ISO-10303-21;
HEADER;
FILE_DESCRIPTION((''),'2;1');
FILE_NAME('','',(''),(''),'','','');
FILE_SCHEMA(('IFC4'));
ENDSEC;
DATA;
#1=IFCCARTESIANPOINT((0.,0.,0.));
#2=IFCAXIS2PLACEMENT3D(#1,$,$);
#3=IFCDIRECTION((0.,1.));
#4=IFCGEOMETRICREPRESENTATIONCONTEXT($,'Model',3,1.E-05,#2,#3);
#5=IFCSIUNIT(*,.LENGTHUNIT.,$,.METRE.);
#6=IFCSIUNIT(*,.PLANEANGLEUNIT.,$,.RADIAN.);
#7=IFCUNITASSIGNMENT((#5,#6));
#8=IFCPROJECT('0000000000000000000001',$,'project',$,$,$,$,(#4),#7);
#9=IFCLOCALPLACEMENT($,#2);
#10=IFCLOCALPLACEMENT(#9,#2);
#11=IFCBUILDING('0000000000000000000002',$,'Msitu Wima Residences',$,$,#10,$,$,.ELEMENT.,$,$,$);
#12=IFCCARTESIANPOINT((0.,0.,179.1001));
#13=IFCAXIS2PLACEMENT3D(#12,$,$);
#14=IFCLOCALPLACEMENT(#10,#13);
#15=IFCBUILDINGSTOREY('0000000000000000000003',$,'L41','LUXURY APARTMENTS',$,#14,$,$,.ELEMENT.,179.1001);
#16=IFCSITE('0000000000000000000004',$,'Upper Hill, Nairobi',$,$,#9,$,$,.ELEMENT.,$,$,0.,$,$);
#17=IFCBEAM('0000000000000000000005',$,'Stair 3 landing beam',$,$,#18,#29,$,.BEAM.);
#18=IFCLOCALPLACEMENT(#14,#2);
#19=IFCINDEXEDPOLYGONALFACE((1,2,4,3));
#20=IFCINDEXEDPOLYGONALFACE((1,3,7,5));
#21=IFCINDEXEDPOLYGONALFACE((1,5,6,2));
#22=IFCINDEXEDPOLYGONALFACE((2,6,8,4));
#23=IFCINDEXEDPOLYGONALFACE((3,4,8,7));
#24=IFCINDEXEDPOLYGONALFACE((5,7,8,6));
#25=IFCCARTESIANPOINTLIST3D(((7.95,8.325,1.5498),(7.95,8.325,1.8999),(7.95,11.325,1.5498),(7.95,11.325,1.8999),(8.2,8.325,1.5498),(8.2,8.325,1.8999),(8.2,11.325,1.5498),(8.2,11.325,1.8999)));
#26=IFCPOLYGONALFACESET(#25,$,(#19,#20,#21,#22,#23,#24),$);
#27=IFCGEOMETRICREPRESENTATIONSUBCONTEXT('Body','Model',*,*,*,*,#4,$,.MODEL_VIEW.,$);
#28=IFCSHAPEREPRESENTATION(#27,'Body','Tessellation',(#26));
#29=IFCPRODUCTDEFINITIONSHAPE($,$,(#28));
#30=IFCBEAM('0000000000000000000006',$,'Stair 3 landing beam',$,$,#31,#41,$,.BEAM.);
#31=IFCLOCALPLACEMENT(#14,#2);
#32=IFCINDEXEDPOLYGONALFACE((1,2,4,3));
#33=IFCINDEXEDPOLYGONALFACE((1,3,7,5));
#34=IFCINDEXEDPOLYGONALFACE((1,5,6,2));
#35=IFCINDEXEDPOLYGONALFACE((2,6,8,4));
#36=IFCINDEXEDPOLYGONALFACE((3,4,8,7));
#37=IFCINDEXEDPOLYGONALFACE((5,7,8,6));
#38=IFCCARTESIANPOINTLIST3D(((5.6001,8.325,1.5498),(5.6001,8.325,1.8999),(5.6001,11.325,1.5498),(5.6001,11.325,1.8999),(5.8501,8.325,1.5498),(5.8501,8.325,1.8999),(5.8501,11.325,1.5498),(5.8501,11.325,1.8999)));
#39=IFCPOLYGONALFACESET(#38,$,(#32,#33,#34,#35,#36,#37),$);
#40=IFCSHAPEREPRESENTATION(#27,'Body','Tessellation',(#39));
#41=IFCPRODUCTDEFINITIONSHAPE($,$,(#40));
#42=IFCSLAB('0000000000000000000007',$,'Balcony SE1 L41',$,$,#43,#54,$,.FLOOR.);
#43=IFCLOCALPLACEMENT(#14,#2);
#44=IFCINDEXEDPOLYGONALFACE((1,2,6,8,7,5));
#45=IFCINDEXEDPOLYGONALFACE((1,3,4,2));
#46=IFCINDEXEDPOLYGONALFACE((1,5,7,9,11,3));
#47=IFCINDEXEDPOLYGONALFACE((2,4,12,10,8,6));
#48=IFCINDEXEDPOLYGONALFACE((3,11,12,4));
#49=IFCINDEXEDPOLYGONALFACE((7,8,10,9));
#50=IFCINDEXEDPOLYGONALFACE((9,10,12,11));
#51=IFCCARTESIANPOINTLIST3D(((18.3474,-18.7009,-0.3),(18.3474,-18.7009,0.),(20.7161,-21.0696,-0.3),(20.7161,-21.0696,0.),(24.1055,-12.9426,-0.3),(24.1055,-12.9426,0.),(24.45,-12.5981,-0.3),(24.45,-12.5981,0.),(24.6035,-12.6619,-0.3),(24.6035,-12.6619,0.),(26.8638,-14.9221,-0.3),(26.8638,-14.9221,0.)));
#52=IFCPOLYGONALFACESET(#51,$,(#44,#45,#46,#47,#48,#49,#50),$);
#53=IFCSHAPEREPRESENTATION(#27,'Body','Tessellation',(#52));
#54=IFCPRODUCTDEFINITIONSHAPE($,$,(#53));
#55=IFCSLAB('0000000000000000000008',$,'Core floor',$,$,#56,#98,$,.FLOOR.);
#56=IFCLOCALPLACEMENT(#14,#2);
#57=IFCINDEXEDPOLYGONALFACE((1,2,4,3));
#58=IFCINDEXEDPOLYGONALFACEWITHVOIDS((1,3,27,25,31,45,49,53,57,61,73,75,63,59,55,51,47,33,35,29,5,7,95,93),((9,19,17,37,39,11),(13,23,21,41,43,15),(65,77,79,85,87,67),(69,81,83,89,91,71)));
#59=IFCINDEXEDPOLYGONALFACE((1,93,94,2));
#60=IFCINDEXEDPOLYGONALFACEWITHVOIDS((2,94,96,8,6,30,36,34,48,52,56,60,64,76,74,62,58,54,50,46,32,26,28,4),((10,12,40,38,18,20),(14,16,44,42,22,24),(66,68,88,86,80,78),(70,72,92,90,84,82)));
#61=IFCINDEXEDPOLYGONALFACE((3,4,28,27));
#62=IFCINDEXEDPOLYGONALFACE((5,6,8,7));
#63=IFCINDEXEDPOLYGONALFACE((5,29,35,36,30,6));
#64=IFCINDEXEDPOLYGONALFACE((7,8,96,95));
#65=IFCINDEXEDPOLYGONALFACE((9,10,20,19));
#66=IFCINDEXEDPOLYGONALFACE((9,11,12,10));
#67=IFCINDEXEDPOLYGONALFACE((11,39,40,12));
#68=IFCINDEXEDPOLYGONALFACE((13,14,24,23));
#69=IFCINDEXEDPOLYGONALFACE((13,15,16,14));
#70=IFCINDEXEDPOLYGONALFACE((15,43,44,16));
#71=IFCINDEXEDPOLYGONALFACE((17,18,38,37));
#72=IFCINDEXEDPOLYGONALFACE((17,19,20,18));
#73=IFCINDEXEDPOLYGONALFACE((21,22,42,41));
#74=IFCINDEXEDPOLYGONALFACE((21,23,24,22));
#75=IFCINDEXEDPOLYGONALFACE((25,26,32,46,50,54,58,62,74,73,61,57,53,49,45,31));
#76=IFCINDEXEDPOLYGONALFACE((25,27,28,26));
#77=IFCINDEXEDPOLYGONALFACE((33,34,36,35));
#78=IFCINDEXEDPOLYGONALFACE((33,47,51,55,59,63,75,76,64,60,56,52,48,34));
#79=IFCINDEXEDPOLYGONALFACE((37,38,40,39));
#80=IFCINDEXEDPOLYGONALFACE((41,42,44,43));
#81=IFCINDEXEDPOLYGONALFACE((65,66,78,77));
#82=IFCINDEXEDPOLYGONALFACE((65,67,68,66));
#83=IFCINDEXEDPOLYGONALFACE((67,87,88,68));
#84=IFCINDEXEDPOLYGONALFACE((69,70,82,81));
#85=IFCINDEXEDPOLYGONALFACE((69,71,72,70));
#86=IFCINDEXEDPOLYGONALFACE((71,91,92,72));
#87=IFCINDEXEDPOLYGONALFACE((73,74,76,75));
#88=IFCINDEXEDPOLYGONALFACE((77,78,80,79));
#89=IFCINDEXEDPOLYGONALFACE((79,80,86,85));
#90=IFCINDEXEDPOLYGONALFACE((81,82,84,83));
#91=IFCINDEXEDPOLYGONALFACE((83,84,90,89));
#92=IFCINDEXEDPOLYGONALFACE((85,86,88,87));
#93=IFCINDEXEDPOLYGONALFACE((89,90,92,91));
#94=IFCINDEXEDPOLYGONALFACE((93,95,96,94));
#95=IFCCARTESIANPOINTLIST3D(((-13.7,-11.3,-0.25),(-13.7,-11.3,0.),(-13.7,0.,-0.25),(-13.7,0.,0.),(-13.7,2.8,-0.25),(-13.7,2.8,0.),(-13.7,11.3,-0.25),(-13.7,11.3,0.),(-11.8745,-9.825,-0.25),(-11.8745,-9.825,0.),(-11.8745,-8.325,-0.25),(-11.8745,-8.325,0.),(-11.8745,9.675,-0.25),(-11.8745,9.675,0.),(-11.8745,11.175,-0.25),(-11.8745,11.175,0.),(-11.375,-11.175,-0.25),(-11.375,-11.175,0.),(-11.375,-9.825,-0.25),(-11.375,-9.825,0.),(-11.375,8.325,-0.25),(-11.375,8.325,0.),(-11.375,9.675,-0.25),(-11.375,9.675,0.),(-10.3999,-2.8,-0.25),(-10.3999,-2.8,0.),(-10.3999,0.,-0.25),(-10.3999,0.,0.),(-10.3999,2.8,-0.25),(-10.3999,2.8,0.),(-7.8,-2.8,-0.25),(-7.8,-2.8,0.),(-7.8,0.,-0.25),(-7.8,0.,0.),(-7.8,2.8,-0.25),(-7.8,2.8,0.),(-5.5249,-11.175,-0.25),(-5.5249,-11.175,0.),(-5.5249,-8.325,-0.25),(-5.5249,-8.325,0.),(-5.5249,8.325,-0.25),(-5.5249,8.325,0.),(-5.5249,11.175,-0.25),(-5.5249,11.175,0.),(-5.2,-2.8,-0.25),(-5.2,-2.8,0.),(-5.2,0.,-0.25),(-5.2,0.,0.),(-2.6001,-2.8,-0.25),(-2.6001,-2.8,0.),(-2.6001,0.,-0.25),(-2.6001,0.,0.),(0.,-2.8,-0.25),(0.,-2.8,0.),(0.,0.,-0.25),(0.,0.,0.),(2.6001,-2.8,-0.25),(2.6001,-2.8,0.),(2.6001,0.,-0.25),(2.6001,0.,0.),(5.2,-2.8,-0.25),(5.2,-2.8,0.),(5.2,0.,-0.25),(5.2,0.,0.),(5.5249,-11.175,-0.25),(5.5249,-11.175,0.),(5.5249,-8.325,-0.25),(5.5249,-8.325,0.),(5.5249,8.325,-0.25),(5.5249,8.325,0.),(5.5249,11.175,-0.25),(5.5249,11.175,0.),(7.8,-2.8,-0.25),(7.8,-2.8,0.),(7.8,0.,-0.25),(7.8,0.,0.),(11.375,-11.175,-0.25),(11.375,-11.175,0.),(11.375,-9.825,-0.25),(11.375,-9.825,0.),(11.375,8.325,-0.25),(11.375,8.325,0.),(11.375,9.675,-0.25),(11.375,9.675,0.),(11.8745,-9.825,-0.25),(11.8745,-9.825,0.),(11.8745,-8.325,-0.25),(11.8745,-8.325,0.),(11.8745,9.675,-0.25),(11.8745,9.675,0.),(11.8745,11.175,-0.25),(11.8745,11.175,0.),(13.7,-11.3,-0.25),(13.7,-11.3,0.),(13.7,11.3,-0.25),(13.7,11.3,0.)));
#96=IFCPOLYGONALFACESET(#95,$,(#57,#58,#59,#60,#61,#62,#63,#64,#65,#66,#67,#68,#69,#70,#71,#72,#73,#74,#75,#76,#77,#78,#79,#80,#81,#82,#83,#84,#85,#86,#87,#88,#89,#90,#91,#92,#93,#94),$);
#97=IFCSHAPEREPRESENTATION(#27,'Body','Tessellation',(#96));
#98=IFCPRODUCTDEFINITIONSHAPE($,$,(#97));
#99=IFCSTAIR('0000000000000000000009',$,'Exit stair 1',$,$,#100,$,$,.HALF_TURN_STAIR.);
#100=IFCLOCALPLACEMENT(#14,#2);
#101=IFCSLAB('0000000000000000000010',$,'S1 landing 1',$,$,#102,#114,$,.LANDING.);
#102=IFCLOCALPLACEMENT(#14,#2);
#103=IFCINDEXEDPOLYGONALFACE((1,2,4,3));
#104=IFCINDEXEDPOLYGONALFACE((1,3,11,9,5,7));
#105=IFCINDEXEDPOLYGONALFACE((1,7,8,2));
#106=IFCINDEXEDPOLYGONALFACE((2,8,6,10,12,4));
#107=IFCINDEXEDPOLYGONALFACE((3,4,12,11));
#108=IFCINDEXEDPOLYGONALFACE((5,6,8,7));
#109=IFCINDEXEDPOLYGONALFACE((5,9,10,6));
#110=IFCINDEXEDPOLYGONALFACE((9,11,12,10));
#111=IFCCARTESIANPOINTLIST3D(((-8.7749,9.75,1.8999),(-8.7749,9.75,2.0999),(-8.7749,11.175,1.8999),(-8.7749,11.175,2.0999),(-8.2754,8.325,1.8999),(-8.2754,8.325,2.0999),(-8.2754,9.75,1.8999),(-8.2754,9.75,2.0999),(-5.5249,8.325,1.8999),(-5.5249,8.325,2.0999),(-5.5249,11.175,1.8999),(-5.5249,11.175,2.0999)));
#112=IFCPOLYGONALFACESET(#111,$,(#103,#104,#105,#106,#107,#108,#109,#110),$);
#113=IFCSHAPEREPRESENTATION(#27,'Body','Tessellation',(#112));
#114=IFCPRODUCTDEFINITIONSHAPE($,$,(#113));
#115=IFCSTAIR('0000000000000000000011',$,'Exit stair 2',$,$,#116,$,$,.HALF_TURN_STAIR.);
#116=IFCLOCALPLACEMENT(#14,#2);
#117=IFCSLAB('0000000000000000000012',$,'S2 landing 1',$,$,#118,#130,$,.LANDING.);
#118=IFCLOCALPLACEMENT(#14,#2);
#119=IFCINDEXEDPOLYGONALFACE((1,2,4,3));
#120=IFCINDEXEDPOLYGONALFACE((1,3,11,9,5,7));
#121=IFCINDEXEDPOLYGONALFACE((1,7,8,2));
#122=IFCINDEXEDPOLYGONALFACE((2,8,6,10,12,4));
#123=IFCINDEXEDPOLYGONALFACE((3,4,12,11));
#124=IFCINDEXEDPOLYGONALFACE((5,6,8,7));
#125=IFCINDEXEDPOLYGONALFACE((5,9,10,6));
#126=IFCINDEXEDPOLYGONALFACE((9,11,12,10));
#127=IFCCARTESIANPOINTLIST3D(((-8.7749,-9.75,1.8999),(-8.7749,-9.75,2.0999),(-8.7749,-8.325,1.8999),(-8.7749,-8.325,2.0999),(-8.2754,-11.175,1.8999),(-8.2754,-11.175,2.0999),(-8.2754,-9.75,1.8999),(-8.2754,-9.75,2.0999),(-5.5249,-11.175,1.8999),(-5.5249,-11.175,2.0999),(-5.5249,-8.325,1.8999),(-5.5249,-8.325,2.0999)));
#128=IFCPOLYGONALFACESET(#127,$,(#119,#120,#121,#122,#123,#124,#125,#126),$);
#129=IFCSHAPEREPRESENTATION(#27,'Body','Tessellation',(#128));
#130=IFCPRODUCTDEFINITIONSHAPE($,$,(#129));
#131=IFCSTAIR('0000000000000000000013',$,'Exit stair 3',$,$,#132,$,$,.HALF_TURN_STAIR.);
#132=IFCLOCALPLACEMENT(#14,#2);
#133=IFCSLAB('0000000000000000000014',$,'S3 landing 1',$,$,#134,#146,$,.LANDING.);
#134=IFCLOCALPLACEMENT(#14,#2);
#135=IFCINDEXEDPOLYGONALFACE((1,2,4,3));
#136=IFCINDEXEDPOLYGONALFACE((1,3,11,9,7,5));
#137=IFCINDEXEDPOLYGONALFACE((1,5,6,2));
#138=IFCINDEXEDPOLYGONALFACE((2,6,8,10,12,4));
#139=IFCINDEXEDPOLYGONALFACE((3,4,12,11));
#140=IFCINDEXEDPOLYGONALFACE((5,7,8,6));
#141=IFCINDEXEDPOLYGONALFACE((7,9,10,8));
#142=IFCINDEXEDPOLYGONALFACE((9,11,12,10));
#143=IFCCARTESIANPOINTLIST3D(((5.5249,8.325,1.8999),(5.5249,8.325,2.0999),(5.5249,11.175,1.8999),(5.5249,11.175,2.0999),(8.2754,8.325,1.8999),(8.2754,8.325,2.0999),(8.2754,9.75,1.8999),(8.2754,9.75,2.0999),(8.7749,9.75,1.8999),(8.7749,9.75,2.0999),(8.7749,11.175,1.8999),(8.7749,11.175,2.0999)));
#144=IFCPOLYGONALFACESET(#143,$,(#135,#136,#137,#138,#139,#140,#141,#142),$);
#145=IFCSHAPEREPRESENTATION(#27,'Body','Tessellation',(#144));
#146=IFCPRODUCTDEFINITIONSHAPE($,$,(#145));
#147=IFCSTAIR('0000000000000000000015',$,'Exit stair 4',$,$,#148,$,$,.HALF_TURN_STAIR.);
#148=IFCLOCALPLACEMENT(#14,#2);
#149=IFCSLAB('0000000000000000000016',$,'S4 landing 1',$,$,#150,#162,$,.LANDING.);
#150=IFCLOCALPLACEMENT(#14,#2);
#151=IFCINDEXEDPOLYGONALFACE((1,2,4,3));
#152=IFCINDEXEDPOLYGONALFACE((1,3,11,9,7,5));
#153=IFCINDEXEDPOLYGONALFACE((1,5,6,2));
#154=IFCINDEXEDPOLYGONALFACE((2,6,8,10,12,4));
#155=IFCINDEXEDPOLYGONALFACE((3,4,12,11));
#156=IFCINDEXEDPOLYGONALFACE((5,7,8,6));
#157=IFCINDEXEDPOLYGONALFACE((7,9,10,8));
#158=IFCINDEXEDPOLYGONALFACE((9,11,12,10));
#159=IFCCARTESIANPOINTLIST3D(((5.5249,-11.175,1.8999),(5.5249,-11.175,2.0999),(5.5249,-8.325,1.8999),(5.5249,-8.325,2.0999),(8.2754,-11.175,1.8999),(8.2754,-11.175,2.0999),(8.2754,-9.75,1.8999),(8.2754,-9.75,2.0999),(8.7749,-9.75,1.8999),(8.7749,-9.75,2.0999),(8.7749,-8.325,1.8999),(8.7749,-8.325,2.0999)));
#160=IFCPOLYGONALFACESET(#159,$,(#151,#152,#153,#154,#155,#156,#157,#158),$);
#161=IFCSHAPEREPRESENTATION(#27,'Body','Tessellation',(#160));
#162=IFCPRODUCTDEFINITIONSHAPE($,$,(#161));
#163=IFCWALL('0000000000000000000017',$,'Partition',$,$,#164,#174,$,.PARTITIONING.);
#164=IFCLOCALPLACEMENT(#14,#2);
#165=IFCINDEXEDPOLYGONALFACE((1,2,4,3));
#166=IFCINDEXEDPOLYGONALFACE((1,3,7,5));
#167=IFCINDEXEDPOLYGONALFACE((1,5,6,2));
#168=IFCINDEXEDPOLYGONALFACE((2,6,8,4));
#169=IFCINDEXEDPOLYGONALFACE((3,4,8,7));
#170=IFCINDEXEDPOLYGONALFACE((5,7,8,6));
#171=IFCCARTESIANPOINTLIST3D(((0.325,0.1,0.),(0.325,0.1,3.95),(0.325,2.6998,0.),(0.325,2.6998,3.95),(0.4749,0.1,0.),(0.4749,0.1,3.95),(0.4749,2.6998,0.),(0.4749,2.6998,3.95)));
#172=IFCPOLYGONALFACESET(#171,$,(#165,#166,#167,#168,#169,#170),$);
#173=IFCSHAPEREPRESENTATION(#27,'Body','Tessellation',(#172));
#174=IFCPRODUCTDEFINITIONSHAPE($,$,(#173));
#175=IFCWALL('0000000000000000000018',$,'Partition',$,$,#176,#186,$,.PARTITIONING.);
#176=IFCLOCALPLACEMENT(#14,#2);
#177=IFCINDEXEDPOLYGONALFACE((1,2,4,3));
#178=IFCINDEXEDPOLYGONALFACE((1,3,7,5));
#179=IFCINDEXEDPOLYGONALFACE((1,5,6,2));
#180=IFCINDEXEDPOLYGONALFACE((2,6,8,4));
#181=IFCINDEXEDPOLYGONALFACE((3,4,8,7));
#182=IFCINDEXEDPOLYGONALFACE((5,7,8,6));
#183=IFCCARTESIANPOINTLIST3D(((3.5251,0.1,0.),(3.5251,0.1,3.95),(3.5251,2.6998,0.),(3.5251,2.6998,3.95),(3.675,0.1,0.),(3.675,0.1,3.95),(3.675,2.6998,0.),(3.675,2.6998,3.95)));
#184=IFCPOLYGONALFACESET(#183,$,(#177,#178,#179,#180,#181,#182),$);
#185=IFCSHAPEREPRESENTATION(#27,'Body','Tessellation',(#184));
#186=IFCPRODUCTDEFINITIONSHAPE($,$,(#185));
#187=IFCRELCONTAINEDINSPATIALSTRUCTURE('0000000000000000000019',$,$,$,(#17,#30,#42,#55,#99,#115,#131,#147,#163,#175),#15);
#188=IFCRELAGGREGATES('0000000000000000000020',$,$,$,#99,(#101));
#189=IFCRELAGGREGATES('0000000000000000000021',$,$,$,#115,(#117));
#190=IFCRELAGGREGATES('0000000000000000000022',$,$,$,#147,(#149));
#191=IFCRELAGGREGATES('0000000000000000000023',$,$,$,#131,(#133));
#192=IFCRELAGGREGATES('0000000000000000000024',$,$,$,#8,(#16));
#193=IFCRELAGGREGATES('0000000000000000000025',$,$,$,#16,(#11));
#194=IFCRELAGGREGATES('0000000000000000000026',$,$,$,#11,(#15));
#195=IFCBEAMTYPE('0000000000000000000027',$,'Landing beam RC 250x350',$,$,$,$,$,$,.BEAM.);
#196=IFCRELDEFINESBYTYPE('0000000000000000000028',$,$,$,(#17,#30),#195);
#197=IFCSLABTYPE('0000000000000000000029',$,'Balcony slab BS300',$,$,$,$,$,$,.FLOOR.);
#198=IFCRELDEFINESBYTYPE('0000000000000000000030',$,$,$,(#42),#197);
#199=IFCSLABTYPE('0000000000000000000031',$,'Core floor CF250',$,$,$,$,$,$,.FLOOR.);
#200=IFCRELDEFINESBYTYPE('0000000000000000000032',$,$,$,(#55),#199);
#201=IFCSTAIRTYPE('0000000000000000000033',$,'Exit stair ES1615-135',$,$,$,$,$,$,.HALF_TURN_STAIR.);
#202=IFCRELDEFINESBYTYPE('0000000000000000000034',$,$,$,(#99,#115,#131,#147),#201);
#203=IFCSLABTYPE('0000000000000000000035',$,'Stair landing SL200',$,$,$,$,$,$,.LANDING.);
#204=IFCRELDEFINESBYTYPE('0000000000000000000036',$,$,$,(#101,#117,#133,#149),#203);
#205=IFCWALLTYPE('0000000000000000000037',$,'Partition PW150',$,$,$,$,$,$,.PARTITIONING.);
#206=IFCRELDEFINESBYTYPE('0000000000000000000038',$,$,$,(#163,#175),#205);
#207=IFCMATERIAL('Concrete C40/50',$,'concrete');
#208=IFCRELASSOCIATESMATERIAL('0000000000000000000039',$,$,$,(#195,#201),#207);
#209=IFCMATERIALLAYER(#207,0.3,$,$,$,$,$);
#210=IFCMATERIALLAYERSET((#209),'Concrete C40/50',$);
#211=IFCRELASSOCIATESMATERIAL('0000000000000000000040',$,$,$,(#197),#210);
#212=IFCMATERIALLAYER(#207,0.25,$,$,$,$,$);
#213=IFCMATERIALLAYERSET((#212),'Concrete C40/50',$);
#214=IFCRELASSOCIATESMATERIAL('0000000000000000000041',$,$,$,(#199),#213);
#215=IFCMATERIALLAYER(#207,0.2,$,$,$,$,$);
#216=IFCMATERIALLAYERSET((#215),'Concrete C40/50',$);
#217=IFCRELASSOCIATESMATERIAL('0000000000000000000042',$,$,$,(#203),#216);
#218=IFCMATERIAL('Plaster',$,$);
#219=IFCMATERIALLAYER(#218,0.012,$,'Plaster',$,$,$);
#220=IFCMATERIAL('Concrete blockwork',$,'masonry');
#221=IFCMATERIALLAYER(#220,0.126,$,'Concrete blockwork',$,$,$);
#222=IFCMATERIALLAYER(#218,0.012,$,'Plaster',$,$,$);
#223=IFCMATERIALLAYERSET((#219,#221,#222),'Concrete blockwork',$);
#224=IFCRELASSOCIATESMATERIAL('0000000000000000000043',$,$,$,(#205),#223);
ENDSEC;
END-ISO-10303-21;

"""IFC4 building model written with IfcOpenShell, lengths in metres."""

from ifc_helpers import new_model, si_unit, direction, frame, frame_2d, origin, origin_2d, place, context, subcontext, project, spatial, polyline, rectangle, outline, extrude, material, layer, layer_set, material_profile, profile_set, type_object, element, aggregate, save


model = new_model("IFC4")

# Units and contexts
model_context = context("Model", 3, precision=1e-05, world=origin(), true_north=direction((0.0, 1.0)))
body_context = subcontext(model_context, "Body", "Model", "MODEL_VIEW")
ifc_project = project(units=[si_unit("LENGTHUNIT", "METRE"), si_unit("PLANEANGLEUNIT", "RADIAN")], contexts=[model_context])

# Site, building, storey
site_placement = place(None, origin())
site = spatial("IfcSite", under=ifc_project, at=site_placement, Name="Upper Hill, Nairobi", CompositionType="ELEMENT", RefElevation=0.0)
building_placement = place(site_placement, origin())
building = spatial("IfcBuilding", under=site, at=building_placement, Name="Msitu Wima Residences", CompositionType="ELEMENT")
storey_placement = place(building_placement, frame((0.0, 0.0, 179.1001)))
storey = spatial("IfcBuildingStorey", under=building, at=storey_placement, Name="L41", Description="LUXURY APARTMENTS", CompositionType="ELEMENT", Elevation=179.1001)

# Beams
ifc_material_1 = material(Name="Concrete C40/50", Category="concrete")
ifc_material_profile = material_profile(ifc_material_1, rectangle(XDim=0.25, YDim=0.3501, at=origin_2d()), Name="RC 250x350")
ifc_profile_set = profile_set([ifc_material_profile], Name="Concrete C40/50")
beam_type = type_object("IfcBeamType", Name="Landing beam RC 250x350", PredefinedType="BEAM", material=ifc_profile_set)
for number, where, z_axis, x_axis, name in (
    (1, (8.075, 8.325, 1.7249), (0.0, 1.0, 0.0), (-1.0, 0.0, 0.0), "Stair 3 landing beam"),
    (2, (5.7251, 8.325, 1.7249), (0.0, 1.0, 0.0), (-1.0, 0.0, 0.0), "Stair 3 landing beam"),
):
    element("IfcBeam", number, at=place(storey_placement, frame(where, z_axis=z_axis, x_axis=x_axis)), inside=storey, type_object=beam_type, Name=name, PredefinedType="BEAM", context=body_context, shape_type="SweptSolid", body=[
        extrude(rectangle(XDim=0.25, YDim=0.3501, at=origin_2d()), origin(), (0.0, 0.0, 1.0), 3.0),
    ])

# Slabs
ifc_layer_1 = layer(ifc_material_1, 0.3)
ifc_layer_set_1 = layer_set([ifc_layer_1], Name="Concrete C40/50")
slab_type_1 = type_object("IfcSlabType", Name="Balcony slab BS300", PredefinedType="FLOOR", material=ifc_layer_set_1)
slab_1_placement = place(storey_placement, frame((0.0, 0.0, -0.3)))
element("IfcSlab", 3, at=slab_1_placement, inside=storey, type_object=slab_type_1, Name="Balcony SE1 L41", PredefinedType="FLOOR", context=body_context, shape_type="SweptSolid", body=[
    extrude(outline(polyline([(24.1055, -12.9426), (24.1055, -12.9426), (24.45, -12.5981), (24.6035, -12.6619), (26.8638, -14.9221), (20.7161, -21.0696), (18.3474, -18.7009), (24.1055, -12.9426), (24.1055, -12.9426)])), origin(), (0.0, 0.0, 1.0), 0.3),
])
ifc_layer_2 = layer(ifc_material_1, 0.25)
ifc_layer_set_2 = layer_set([ifc_layer_2], Name="Concrete C40/50")
slab_type_2 = type_object("IfcSlabType", Name="Core floor CF250", PredefinedType="FLOOR", material=ifc_layer_set_2)
slab_2_placement = place(storey_placement, frame((0.0, 0.0, -0.25)))
element("IfcSlab", 4, at=slab_2_placement, inside=storey, type_object=slab_type_2, Name="Core floor", PredefinedType="FLOOR", context=body_context, shape_type="SweptSolid", body=[
    extrude(outline(polyline([(-13.7, 11.3), (-13.7, 2.8), (-10.3999, 2.8), (-7.8, 2.8), (-7.8, 0.0), (-5.2, 0.0), (-2.6001, 0.0), (0.0, 0.0), (2.6001, 0.0), (5.2, 0.0), (7.8, 0.0), (7.8, -2.8), (5.2, -2.8), (2.6001, -2.8), (0.0, -2.8), (-2.6001, -2.8), (-5.2, -2.8), (-7.8, -2.8), (-10.3999, -2.8), (-10.3999, 0.0), (-13.7, 0.0), (-13.7, -11.3), (13.7, -11.3), (13.7, 11.3), (-13.7, 11.3)]), holes=[polyline([(-11.375, -11.175), (-11.375, -9.825), (-11.8745, -9.825), (-11.8745, -8.325), (-5.5249, -8.325), (-5.5249, -11.175), (-11.375, -11.175)]), polyline([(-11.375, 8.325), (-11.375, 9.675), (-11.8745, 9.675), (-11.8745, 11.175), (-5.5249, 11.175), (-5.5249, 8.325), (-11.375, 8.325)]), polyline([(11.375, -9.825), (11.375, -11.175), (5.5249, -11.175), (5.5249, -8.325), (11.8745, -8.325), (11.8745, -9.825), (11.375, -9.825)]), polyline([(11.375, 9.675), (11.375, 8.325), (5.5249, 8.325), (5.5249, 11.175), (11.8745, 11.175), (11.8745, 9.675), (11.375, 9.675)])]), origin(), (0.0, 0.0, 1.0), 0.25),
])

# Stairs, slabs
stair_type = type_object("IfcStairType", Name="Exit stair ES1615-135", PredefinedType="HALF_TURN_STAIR", material=ifc_material_1)
stair_1_placement = place(storey_placement, origin())
stair_1 = element("IfcStair", 5, at=stair_1_placement, inside=storey, type_object=stair_type, Name="Exit stair 1", PredefinedType="HALF_TURN_STAIR")
ifc_layer_3 = layer(ifc_material_1, 0.2)
ifc_layer_set_3 = layer_set([ifc_layer_3], Name="Concrete C40/50")
slab_type_3 = type_object("IfcSlabType", Name="Stair landing SL200", PredefinedType="LANDING", material=ifc_layer_set_3)
slab_3_placement = place(storey_placement, frame((0.0, 0.0, 1.8999)))
slab_3 = element("IfcSlab", 6, at=slab_3_placement, type_object=slab_type_3, Name="S1 landing 1", PredefinedType="LANDING", context=body_context, shape_type="SweptSolid", body=[
    extrude(outline(polyline([(-5.5249, 8.325), (-8.2754, 8.325), (-8.2754, 9.75), (-8.7749, 9.75), (-8.7749, 11.175), (-5.5249, 11.175), (-5.5249, 8.325)])), origin(), (0.0, 0.0, 1.0), 0.2),
])
aggregate(stair_1, [slab_3])
stair_2_placement = place(storey_placement, origin())
stair_2 = element("IfcStair", 7, at=stair_2_placement, inside=storey, type_object=stair_type, Name="Exit stair 2", PredefinedType="HALF_TURN_STAIR")
slab_4_placement = place(storey_placement, frame((0.0, 0.0, 1.8999)))
slab_4 = element("IfcSlab", 8, at=slab_4_placement, type_object=slab_type_3, Name="S2 landing 1", PredefinedType="LANDING", context=body_context, shape_type="SweptSolid", body=[
    extrude(outline(polyline([(-5.5249, -11.175), (-8.2754, -11.175), (-8.2754, -9.75), (-8.7749, -9.75), (-8.7749, -8.325), (-5.5249, -8.325), (-5.5249, -11.175)])), origin(), (0.0, 0.0, 1.0), 0.2),
])
aggregate(stair_2, [slab_4])
stair_3_placement = place(storey_placement, origin())
stair_3 = element("IfcStair", 9, at=stair_3_placement, inside=storey, type_object=stair_type, Name="Exit stair 3", PredefinedType="HALF_TURN_STAIR")
slab_5_placement = place(storey_placement, frame((0.0, 0.0, 1.8999)))
slab_5 = element("IfcSlab", 10, at=slab_5_placement, type_object=slab_type_3, Name="S3 landing 1", PredefinedType="LANDING", context=body_context, shape_type="SweptSolid", body=[
    extrude(outline(polyline([(5.5249, 8.325), (8.2754, 8.325), (8.2754, 9.75), (8.7749, 9.75), (8.7749, 11.175), (5.5249, 11.175), (5.5249, 8.325)])), origin(), (0.0, 0.0, 1.0), 0.2),
])
stair_4_placement = place(storey_placement, origin())
stair_4 = element("IfcStair", 11, at=stair_4_placement, inside=storey, type_object=stair_type, Name="Exit stair 4", PredefinedType="HALF_TURN_STAIR")
slab_6_placement = place(storey_placement, frame((0.0, 0.0, 1.8999)))
slab_6 = element("IfcSlab", 12, at=slab_6_placement, type_object=slab_type_3, Name="S4 landing 1", PredefinedType="LANDING", context=body_context, shape_type="SweptSolid", body=[
    extrude(outline(polyline([(5.5249, -11.175), (8.2754, -11.175), (8.2754, -9.75), (8.7749, -9.75), (8.7749, -8.325), (5.5249, -8.325), (5.5249, -11.175)])), origin(), (0.0, 0.0, 1.0), 0.2),
])
aggregate(stair_4, [slab_6])

# Walls
ifc_material_2 = material(Name="Plaster")
ifc_layer_4 = layer(ifc_material_2, 0.012, Name="Plaster")
ifc_material_3 = material(Name="Concrete blockwork", Category="masonry")
ifc_layer_5 = layer(ifc_material_3, 0.126, Name="Concrete blockwork")
ifc_layer_6 = layer(ifc_material_2, 0.012, Name="Plaster")
ifc_layer_set_4 = layer_set([ifc_layer_4, ifc_layer_5, ifc_layer_6], Name="Concrete blockwork")
wall_type_1 = type_object("IfcWallType", Name="Partition PW150", PredefinedType="PARTITIONING", material=ifc_layer_set_4)
for number, where, z_axis, x_axis, name in (
    (13, (0.3999, 0.1001, 0.0), (0.0, 0.0, 1.0), (0.0, 1.0, 0.0), "Partition"),
    (14, (3.6001, 0.1001, 0.0), (0.0, 0.0, 1.0), (0.0, 1.0, 0.0), "Partition"),
):
    element("IfcWall", number, at=place(storey_placement, frame(where, z_axis=z_axis, x_axis=x_axis)), inside=storey, type_object=wall_type_1, Name=name, PredefinedType="PARTITIONING", context=body_context, shape_type="SweptSolid", body=[
        extrude(rectangle(XDim=2.5999, YDim=0.1499, at=frame_2d((1.2998, 0.0))), origin(), (0.0, 0.0, 1.0), 3.95),
    ])

aggregate(stair_3, [slab_5])

save(model, "model.ifc")
